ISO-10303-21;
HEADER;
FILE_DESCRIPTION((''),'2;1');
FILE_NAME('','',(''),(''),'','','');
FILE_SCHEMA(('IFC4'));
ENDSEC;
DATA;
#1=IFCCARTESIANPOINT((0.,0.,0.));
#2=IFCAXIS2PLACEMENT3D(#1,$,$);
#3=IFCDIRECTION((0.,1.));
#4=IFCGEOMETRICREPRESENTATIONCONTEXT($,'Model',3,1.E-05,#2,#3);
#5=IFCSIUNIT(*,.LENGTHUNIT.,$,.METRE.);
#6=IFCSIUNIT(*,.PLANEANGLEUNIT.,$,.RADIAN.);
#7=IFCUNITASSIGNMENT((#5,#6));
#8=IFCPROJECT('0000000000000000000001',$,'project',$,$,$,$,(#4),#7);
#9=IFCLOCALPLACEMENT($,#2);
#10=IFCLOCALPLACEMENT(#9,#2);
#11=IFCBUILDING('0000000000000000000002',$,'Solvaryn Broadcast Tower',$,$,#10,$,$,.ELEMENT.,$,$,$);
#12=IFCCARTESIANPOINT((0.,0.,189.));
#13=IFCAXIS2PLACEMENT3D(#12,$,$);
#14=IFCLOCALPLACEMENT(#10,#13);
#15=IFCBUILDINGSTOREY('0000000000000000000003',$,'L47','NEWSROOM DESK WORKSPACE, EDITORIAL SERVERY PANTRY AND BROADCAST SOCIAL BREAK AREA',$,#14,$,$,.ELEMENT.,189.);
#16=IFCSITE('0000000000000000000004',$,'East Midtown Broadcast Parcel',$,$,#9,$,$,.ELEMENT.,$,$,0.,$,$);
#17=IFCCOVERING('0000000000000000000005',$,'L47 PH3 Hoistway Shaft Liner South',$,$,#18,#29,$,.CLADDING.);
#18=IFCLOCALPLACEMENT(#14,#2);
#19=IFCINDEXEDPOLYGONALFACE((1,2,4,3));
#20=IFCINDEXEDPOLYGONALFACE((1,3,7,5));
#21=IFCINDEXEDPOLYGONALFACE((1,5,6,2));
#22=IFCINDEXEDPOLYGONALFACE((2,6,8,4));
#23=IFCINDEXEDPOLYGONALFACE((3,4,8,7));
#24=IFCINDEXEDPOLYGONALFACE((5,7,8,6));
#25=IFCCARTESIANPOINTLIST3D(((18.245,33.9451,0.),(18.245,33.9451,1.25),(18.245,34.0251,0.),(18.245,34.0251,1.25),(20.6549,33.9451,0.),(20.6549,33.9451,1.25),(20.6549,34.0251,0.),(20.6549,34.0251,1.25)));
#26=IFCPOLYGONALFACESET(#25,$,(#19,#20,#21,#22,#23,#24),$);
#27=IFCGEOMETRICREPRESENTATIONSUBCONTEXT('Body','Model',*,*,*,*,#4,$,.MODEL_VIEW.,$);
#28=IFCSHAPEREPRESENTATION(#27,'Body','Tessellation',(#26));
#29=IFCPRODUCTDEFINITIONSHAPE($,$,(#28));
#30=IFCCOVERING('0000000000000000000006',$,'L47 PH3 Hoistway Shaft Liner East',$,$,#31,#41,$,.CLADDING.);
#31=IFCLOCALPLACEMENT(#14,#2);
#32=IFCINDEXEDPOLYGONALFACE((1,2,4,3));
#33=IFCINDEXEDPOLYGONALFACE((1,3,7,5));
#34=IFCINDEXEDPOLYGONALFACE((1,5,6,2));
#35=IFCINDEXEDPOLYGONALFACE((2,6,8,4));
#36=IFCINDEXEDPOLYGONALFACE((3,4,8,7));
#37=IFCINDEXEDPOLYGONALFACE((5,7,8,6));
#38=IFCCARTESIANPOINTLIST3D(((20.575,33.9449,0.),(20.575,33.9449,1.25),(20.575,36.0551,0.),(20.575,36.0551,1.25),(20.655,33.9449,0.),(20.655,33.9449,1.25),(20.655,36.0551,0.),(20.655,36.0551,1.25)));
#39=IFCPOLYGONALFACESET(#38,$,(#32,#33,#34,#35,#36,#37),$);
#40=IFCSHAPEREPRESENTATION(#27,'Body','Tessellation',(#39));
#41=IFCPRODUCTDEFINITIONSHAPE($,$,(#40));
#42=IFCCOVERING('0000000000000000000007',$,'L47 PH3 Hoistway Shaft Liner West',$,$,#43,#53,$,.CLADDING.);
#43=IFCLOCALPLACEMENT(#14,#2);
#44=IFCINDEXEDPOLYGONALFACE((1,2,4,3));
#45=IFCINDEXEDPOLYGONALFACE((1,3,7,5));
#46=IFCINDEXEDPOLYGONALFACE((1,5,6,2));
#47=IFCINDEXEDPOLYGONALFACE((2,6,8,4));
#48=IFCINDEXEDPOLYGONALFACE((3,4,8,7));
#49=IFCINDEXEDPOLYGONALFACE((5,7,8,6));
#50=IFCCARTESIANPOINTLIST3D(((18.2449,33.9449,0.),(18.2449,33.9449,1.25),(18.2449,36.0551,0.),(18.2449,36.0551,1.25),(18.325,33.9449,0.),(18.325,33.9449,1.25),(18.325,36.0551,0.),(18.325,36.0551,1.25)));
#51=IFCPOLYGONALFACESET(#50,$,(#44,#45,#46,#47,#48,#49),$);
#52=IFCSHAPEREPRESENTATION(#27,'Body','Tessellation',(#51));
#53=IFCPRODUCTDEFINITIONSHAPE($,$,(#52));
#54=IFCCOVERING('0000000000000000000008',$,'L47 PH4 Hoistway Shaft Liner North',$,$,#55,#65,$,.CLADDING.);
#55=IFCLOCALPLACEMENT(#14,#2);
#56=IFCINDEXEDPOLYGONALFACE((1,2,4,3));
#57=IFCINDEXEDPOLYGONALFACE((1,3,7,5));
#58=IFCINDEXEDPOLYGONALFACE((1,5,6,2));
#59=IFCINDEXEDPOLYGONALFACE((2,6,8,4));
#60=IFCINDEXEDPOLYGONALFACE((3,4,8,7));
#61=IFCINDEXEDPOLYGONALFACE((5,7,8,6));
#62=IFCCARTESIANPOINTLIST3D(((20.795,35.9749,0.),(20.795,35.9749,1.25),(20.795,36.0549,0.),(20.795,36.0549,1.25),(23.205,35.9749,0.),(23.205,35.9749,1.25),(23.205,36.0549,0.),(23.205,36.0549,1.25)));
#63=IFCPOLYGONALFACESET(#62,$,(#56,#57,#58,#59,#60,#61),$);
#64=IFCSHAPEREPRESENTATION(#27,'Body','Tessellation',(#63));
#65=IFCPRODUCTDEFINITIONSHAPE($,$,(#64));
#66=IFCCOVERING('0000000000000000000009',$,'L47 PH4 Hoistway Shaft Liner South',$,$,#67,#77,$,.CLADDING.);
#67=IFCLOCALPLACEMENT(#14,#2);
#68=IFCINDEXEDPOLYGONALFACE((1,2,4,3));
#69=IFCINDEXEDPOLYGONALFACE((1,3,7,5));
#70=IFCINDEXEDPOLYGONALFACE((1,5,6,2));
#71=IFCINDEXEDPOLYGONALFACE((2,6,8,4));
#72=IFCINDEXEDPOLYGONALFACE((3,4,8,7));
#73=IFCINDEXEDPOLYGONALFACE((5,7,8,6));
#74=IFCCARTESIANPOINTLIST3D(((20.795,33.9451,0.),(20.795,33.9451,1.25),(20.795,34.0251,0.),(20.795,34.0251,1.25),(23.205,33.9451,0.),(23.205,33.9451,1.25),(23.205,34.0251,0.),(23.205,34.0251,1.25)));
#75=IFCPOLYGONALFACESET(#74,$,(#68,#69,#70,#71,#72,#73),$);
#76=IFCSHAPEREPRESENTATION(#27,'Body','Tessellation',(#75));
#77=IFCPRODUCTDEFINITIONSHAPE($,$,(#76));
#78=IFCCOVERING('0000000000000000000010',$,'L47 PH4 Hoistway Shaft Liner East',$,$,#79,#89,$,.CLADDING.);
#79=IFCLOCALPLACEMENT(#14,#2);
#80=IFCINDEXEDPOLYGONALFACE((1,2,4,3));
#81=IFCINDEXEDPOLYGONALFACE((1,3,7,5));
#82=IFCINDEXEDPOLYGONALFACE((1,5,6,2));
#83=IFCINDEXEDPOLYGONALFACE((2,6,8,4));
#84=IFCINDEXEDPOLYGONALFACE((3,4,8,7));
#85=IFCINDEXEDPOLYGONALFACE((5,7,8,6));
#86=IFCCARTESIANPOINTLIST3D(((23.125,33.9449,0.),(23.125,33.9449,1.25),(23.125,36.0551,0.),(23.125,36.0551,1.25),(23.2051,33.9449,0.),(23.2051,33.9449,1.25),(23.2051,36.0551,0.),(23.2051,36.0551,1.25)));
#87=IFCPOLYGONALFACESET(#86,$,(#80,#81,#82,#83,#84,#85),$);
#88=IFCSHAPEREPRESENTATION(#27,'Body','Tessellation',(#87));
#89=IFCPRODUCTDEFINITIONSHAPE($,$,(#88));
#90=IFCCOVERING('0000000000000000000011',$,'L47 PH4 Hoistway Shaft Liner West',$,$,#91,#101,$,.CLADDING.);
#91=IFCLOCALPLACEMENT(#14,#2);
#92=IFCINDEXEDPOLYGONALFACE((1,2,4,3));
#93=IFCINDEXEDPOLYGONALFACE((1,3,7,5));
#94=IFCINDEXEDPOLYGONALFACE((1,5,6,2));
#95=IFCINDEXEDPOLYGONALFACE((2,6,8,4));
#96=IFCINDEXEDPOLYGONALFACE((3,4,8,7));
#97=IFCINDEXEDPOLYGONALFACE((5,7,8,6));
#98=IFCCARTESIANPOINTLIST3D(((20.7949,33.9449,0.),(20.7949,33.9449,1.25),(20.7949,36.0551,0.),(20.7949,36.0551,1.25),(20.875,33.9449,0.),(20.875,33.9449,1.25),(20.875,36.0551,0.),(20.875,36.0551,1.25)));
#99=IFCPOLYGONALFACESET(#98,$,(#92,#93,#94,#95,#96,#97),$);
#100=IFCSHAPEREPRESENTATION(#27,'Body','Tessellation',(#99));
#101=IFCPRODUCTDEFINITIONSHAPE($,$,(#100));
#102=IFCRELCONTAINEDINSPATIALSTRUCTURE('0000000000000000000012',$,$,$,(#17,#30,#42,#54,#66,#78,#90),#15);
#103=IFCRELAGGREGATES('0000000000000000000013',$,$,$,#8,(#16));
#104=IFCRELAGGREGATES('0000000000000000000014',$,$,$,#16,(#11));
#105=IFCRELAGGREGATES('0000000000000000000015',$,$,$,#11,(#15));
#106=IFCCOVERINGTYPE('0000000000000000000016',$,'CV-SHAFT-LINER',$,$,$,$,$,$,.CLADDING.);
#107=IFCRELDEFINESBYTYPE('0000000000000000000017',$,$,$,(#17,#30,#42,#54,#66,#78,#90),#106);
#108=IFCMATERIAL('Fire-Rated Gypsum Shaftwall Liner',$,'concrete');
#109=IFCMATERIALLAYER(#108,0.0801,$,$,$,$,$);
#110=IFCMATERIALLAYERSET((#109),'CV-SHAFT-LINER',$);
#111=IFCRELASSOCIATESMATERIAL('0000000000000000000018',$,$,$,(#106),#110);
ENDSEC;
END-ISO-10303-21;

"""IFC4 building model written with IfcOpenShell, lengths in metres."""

from ifc_helpers import new_model, si_unit, direction, frame, origin, origin_2d, place, context, subcontext, project, spatial, rectangle, extrude, material, layer, layer_set, type_object, element, save


model = new_model("IFC4")

# Units and contexts
model_context = context("Model", 3, precision=1e-05, world=origin(), true_north=direction((0.0, 1.0)))
body_context = subcontext(model_context, "Body", "Model", "MODEL_VIEW")
ifc_project = project(units=[si_unit("LENGTHUNIT", "METRE"), si_unit("PLANEANGLEUNIT", "RADIAN")], contexts=[model_context])

# Site, building, storey
site_placement = place(None, origin())
site = spatial("IfcSite", under=ifc_project, at=site_placement, Name="East Midtown Broadcast Parcel", CompositionType="ELEMENT", RefElevation=0.0)
building_placement = place(site_placement, origin())
building = spatial("IfcBuilding", under=site, at=building_placement, Name="Solvaryn Broadcast Tower", CompositionType="ELEMENT")
storey_placement = place(building_placement, frame((0.0, 0.0, 189.0)))
storey = spatial("IfcBuildingStorey", under=building, at=storey_placement, Name="L47", Description="NEWSROOM DESK WORKSPACE, EDITORIAL SERVERY PANTRY AND BROADCAST SOCIAL BREAK AREA", CompositionType="ELEMENT", Elevation=189.0)

# Coverings
ifc_material_1 = material(Name="Fire-Rated Gypsum Shaftwall Liner", Category="concrete")
ifc_layer_1 = layer(ifc_material_1, 0.0801)
ifc_layer_set_1 = layer_set([ifc_layer_1], Name="CV-SHAFT-LINER")
covering_type = type_object("IfcCoveringType", Name="CV-SHAFT-LINER", PredefinedType="CLADDING", material=ifc_layer_set_1)
for number, where, z_axis, x_axis, name in (
    (1, (19.45, 33.9851, 0.0), (0.0, 0.0, 1.0), (1.0, 0.0, 0.0), "L47 PH3 Hoistway Shaft Liner South"),
):
    element("IfcCovering", number, at=place(storey_placement, frame(where, z_axis=z_axis, x_axis=x_axis)), inside=storey, type_object=covering_type, Name=name, PredefinedType="CLADDING", context=body_context, shape_type="SweptSolid", body=[
        extrude(rectangle(XDim=2.4099, YDim=0.0801, at=origin_2d()), origin(), (0.0, 0.0, 1.0), 1.25),
    ])
for number, where, z_axis, x_axis, name in (
    (2, (20.615, 35.0, 0.0), (0.0, 0.0, 1.0), (1.0, 0.0, 0.0), "L47 PH3 Hoistway Shaft Liner East"),
    (3, (18.2849, 35.0, 0.0), (0.0, 0.0, 1.0), (1.0, 0.0, 0.0), "L47 PH3 Hoistway Shaft Liner West"),
):
    element("IfcCovering", number, at=place(storey_placement, frame(where, z_axis=z_axis, x_axis=x_axis)), inside=storey, type_object=covering_type, Name=name, PredefinedType="CLADDING", context=body_context, shape_type="SweptSolid", body=[
        extrude(rectangle(XDim=0.0801, YDim=2.1101, at=origin_2d()), origin(), (0.0, 0.0, 1.0), 1.25),
    ])
for number, where, z_axis, x_axis, name in (
    (4, (22.0, 36.0149, 0.0), (0.0, 0.0, 1.0), (1.0, 0.0, 0.0), "L47 PH4 Hoistway Shaft Liner North"),
    (5, (22.0, 33.9851, 0.0), (0.0, 0.0, 1.0), (1.0, 0.0, 0.0), "L47 PH4 Hoistway Shaft Liner South"),
):
    element("IfcCovering", number, at=place(storey_placement, frame(where, z_axis=z_axis, x_axis=x_axis)), inside=storey, type_object=covering_type, Name=name, PredefinedType="CLADDING", context=body_context, shape_type="SweptSolid", body=[
        extrude(rectangle(XDim=2.4099, YDim=0.0801, at=origin_2d()), origin(), (0.0, 0.0, 1.0), 1.25),
    ])
for number, where, z_axis, x_axis, name in (
    (6, (23.165, 35.0, 0.0), (0.0, 0.0, 1.0), (1.0, 0.0, 0.0), "L47 PH4 Hoistway Shaft Liner East"),
    (7, (20.835, 35.0, 0.0), (0.0, 0.0, 1.0), (1.0, 0.0, 0.0), "L47 PH4 Hoistway Shaft Liner West"),
):
    element("IfcCovering", number, at=place(storey_placement, frame(where, z_axis=z_axis, x_axis=x_axis)), inside=storey, type_object=covering_type, Name=name, PredefinedType="CLADDING", context=body_context, shape_type="SweptSolid", body=[
        extrude(rectangle(XDim=0.0801, YDim=2.1101, at=origin_2d()), origin(), (0.0, 0.0, 1.0), 1.25),
    ])

save(model, "model.ifc")
